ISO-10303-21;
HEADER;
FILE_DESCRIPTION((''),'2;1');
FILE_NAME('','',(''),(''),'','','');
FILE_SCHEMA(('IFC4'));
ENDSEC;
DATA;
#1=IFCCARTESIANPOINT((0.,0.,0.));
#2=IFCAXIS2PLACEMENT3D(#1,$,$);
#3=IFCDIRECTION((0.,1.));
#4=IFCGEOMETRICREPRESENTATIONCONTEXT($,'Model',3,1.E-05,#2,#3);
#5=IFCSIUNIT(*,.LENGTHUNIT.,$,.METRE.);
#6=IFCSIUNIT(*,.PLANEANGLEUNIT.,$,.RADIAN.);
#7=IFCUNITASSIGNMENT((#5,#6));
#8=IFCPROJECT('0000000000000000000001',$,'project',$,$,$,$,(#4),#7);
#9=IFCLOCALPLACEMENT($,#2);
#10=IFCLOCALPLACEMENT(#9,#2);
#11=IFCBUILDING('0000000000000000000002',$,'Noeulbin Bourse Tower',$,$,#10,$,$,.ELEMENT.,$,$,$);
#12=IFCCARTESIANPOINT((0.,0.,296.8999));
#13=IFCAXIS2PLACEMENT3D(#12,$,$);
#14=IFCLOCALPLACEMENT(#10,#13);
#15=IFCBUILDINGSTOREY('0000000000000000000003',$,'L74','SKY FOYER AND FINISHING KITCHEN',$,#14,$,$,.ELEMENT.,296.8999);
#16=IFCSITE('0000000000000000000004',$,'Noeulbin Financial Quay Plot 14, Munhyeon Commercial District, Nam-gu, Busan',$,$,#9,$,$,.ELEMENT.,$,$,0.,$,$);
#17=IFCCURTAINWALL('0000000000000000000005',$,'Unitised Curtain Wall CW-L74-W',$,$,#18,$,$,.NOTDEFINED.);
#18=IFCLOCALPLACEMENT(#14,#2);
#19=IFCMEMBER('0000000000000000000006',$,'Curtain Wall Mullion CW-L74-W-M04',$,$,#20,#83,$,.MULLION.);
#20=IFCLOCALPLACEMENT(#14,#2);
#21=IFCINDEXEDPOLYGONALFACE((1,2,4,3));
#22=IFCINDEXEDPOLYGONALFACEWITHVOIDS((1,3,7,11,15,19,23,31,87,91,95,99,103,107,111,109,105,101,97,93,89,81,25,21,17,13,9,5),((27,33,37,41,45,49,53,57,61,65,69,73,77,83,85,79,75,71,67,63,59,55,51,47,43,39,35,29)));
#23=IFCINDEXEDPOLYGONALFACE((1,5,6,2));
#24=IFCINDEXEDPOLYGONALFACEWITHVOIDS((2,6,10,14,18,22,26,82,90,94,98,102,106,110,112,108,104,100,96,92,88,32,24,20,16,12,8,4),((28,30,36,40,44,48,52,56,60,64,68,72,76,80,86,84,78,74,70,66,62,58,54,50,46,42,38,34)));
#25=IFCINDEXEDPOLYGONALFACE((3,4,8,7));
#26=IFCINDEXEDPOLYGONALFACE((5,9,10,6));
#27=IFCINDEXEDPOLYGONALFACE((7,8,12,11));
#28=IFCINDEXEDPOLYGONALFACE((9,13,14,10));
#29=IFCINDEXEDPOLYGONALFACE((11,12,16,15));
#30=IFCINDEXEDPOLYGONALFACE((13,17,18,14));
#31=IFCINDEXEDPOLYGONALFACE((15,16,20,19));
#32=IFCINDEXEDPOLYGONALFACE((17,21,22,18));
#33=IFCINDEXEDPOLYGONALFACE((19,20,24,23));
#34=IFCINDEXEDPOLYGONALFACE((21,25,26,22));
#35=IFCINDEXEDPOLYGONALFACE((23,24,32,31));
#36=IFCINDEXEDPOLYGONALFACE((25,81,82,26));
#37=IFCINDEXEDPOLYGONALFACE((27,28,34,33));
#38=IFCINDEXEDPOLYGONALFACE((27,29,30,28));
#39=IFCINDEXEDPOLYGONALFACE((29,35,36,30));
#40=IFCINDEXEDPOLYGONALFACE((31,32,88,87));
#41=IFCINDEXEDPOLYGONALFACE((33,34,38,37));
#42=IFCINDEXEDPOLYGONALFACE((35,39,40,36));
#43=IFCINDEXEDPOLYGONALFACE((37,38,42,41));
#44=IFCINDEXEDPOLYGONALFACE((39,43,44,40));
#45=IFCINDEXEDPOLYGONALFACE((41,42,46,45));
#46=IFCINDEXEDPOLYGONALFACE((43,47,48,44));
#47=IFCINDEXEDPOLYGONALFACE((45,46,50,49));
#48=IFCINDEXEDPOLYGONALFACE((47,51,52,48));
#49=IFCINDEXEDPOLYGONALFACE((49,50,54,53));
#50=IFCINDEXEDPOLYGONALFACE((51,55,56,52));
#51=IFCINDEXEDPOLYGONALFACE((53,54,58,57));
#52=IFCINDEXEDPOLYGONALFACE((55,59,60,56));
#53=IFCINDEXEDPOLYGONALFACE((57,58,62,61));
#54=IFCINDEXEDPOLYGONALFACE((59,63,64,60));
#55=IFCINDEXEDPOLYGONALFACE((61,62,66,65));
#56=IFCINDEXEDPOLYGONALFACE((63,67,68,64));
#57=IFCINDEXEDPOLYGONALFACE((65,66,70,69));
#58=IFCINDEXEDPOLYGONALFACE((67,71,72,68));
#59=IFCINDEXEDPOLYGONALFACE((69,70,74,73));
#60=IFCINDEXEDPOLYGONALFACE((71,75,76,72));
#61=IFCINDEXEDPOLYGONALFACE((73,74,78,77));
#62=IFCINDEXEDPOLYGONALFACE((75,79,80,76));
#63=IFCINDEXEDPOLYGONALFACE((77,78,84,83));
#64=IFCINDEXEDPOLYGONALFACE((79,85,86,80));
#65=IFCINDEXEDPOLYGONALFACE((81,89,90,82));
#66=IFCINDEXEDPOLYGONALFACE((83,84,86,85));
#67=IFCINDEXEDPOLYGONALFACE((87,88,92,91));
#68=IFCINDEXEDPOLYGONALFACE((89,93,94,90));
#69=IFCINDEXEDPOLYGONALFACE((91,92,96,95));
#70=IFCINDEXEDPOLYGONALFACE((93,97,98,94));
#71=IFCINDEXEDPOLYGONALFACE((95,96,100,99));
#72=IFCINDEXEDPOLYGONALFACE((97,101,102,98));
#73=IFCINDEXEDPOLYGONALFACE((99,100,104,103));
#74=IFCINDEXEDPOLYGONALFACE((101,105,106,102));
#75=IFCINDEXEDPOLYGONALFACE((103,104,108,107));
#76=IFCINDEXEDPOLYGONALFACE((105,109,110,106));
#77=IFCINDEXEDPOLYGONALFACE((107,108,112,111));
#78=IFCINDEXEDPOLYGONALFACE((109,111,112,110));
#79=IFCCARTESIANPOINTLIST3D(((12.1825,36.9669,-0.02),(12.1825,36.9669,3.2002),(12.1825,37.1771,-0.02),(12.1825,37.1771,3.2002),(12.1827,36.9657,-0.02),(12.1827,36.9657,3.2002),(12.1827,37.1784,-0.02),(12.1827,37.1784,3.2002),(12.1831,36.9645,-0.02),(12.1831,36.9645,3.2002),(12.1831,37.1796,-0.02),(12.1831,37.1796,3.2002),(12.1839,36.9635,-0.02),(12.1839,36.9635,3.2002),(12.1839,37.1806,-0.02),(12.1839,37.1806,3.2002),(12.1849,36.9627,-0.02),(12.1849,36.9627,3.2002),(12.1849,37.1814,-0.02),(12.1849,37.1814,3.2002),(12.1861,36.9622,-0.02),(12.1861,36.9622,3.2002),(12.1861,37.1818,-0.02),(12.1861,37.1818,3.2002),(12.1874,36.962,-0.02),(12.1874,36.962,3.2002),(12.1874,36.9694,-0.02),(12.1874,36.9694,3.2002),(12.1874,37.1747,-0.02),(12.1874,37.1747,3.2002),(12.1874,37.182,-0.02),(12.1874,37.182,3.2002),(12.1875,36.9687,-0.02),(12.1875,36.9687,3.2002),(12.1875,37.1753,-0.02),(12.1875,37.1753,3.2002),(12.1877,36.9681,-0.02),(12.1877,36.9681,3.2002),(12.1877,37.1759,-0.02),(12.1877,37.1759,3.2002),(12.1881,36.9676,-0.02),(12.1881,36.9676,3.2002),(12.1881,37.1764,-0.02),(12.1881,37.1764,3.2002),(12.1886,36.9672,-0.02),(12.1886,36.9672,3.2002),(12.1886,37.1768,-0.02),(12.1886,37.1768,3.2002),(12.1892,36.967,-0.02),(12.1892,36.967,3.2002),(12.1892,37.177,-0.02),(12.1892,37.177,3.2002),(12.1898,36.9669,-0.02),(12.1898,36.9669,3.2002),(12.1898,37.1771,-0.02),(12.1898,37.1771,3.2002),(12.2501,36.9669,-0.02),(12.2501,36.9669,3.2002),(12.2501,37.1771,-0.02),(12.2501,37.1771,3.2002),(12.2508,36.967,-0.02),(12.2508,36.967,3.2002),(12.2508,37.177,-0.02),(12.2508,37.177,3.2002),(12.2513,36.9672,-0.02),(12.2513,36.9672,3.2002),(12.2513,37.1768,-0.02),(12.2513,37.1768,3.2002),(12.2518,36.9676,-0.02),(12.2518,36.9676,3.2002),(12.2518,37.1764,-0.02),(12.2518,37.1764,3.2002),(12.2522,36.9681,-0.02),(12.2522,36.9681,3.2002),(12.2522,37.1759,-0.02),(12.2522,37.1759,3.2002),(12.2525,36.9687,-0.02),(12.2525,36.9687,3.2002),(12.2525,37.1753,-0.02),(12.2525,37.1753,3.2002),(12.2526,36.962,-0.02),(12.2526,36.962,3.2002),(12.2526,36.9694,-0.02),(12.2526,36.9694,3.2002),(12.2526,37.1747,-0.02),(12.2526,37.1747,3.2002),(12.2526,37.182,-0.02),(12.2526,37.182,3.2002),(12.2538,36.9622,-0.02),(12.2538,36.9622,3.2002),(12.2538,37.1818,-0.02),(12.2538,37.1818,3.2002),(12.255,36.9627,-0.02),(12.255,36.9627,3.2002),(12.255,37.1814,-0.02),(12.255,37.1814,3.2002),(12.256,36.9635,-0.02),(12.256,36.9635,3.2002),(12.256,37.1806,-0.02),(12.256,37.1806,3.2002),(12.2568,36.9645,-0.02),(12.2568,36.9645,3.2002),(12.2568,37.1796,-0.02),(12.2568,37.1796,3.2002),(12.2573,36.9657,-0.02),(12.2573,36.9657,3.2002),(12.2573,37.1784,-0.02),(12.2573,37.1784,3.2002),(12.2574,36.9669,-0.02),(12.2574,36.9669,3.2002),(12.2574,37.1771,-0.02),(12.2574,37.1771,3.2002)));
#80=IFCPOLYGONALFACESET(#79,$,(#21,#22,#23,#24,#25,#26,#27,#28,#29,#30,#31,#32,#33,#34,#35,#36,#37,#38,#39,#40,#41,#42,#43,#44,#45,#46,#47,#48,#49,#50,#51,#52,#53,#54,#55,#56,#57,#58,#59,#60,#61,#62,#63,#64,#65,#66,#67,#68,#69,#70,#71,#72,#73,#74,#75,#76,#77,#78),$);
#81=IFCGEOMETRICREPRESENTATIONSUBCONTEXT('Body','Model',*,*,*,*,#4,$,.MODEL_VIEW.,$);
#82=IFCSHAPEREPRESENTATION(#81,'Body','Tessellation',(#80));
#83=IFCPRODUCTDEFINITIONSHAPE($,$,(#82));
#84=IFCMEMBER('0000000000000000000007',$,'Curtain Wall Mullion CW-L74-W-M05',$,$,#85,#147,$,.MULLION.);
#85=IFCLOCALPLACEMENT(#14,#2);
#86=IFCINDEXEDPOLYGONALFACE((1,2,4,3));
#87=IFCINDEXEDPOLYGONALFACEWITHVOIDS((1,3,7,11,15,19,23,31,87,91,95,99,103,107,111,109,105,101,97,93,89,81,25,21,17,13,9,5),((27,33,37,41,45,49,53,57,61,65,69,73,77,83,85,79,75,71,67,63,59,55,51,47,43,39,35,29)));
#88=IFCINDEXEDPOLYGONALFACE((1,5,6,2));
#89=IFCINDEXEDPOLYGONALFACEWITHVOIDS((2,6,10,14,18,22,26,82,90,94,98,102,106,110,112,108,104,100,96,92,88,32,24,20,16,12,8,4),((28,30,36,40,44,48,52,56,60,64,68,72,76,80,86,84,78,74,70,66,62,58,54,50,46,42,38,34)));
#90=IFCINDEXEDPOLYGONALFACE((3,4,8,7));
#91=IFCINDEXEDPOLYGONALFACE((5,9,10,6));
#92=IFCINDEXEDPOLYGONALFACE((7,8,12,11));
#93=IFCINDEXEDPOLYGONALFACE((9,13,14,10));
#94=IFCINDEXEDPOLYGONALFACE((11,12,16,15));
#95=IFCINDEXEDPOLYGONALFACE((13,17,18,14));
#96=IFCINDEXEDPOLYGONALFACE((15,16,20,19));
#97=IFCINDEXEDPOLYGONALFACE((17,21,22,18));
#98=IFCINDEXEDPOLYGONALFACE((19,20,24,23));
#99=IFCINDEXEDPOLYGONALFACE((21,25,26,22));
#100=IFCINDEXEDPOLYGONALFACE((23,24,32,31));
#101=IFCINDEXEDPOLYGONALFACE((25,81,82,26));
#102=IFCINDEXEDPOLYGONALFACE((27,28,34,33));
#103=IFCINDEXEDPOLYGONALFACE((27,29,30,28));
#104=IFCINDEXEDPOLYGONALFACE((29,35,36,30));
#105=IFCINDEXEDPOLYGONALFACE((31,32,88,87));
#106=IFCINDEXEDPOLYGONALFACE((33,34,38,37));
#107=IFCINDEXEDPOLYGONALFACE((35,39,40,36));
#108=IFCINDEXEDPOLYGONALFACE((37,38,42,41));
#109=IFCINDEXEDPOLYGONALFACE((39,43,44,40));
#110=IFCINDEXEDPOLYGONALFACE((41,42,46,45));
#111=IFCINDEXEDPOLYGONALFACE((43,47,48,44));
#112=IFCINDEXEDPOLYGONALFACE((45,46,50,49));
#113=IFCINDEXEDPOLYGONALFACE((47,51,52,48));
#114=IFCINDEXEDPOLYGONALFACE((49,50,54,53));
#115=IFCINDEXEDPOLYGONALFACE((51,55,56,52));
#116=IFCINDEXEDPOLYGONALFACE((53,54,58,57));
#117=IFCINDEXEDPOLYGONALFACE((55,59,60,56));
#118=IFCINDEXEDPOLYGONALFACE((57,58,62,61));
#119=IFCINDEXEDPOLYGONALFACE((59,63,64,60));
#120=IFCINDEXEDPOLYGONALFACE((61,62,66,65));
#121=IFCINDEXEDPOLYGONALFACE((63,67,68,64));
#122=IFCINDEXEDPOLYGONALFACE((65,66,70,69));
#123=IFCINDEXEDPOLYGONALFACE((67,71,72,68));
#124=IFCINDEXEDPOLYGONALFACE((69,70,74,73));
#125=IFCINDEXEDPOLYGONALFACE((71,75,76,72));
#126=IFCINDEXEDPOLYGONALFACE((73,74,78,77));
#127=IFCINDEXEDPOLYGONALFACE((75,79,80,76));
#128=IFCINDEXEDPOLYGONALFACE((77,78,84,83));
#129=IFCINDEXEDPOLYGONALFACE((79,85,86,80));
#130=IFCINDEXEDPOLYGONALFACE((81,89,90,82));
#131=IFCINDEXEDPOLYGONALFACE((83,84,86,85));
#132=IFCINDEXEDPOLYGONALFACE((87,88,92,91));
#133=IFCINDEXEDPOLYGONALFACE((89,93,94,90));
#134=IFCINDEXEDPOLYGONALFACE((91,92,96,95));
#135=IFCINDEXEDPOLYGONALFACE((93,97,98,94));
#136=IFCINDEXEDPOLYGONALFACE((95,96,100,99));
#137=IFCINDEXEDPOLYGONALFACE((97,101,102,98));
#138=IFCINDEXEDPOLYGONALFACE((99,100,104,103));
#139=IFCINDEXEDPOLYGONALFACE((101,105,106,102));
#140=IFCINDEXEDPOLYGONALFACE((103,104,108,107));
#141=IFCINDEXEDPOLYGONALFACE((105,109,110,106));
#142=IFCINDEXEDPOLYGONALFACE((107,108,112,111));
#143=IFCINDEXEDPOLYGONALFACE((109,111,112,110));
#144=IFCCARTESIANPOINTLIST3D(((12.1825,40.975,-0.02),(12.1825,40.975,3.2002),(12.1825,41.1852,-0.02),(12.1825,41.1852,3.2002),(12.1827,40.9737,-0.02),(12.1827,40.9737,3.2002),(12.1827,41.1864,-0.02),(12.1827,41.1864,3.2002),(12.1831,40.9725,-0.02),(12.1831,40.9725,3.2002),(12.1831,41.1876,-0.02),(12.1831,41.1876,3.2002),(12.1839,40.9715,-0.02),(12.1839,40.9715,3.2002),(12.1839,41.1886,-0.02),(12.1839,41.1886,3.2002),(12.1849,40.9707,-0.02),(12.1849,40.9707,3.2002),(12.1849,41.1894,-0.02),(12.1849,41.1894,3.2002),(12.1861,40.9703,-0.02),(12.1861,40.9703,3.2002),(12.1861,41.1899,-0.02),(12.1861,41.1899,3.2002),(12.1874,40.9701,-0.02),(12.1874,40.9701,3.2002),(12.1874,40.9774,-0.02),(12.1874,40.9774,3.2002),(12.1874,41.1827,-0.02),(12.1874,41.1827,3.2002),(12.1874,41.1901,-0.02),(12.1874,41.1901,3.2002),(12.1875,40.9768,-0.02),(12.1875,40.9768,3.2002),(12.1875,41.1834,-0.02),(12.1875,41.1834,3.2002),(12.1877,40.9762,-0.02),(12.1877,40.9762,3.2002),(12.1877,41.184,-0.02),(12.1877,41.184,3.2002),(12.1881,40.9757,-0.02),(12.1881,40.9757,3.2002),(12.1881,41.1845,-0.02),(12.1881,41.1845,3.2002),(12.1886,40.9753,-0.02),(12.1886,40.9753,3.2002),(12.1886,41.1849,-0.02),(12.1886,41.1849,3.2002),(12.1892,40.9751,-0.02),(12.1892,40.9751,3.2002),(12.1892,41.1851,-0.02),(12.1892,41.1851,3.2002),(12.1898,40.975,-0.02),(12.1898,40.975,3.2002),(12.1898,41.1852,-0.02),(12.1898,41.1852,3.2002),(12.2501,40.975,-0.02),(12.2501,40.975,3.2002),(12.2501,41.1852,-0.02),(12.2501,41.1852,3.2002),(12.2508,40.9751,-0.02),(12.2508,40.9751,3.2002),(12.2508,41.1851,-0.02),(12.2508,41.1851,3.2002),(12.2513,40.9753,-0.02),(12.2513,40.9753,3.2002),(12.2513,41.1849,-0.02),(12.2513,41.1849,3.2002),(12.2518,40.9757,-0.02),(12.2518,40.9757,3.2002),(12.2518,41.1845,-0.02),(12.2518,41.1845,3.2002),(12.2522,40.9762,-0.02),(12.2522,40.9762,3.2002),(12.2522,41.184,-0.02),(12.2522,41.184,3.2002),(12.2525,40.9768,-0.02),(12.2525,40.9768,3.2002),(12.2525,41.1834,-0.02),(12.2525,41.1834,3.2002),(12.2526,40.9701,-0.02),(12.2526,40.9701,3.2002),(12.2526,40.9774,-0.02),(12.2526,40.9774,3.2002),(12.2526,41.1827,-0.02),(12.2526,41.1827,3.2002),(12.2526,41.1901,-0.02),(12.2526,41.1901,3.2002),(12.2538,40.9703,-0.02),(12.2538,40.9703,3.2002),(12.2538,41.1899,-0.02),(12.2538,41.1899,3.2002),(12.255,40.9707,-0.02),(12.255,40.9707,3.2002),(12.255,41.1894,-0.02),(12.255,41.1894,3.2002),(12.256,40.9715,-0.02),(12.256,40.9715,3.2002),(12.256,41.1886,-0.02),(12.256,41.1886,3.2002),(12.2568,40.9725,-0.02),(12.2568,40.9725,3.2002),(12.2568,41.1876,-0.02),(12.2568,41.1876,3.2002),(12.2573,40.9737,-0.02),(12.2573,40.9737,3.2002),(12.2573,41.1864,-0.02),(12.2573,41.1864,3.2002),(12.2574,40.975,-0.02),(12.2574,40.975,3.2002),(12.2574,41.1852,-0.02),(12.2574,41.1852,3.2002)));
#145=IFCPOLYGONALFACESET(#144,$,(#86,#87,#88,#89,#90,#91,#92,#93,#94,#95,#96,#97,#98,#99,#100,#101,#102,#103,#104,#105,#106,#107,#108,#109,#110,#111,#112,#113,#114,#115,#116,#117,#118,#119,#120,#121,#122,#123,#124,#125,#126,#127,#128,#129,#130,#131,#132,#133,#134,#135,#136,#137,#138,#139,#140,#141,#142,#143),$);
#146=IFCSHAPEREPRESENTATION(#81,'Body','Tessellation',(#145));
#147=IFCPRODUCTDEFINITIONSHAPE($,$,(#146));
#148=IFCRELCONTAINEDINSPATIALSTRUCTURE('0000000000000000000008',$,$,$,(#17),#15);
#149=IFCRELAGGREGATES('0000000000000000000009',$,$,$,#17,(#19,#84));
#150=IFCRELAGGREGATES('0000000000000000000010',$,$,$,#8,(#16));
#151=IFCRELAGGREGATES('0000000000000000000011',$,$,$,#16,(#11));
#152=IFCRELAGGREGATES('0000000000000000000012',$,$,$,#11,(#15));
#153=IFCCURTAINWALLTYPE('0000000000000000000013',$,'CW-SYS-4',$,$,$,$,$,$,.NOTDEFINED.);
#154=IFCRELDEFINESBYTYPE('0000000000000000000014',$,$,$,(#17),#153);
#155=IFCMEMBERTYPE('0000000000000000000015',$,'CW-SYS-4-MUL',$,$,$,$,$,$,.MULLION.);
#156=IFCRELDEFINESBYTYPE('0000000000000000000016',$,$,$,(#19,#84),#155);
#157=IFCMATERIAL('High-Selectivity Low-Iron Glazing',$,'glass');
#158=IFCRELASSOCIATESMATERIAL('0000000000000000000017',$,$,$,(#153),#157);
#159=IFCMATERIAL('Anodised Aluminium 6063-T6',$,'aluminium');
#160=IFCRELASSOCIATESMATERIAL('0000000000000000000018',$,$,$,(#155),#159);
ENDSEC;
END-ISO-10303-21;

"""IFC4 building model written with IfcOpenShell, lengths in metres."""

from ifc_helpers import new_model, si_unit, direction, frame, origin, origin_2d, place, context, subcontext, project, spatial, hollow_rectangle, extrude, material, material_profile, profile_set, type_object, element, aggregate, save


model = new_model("IFC4")

# Units and contexts
model_context = context("Model", 3, precision=1e-05, world=origin(), true_north=direction((0.0, 1.0)))
body_context = subcontext(model_context, "Body", "Model", "MODEL_VIEW")
ifc_project = project(units=[si_unit("LENGTHUNIT", "METRE"), si_unit("PLANEANGLEUNIT", "RADIAN")], contexts=[model_context])

# Site, building, storey
site_placement = place(None, origin())
site = spatial("IfcSite", under=ifc_project, at=site_placement, Name="Noeulbin Financial Quay Plot 14, Munhyeon Commercial District, Nam-gu, Busan", CompositionType="ELEMENT", RefElevation=0.0)
building_placement = place(site_placement, origin())
building = spatial("IfcBuilding", under=site, at=building_placement, Name="Noeulbin Bourse Tower", CompositionType="ELEMENT")
storey_placement = place(building_placement, frame((0.0, 0.0, 296.8999)))
storey = spatial("IfcBuildingStorey", under=building, at=storey_placement, Name="L74", Description="SKY FOYER AND FINISHING KITCHEN", CompositionType="ELEMENT", Elevation=296.8999)

# Shared definitions
ifc_material_1 = material(Name="High-Selectivity Low-Iron Glazing", Category="glass")
curtain_wall_type = type_object("IfcCurtainWallType", Name="CW-SYS-4", PredefinedType="NOTDEFINED", material=ifc_material_1)
ifc_material_2 = material(Name="Anodised Aluminium 6063-T6", Category="aluminium")
ifc_material_profile_1 = material_profile(ifc_material_2, hollow_rectangle(XDim=0.075, YDim=0.22, WallThickness=0.0049, InnerFilletRadius=0.0024, OuterFilletRadius=0.0049, at=origin_2d()), Name="ALU-MULL-75x220x5", Category="LoadBearing")
ifc_profile_set_1 = profile_set([ifc_material_profile_1], Name="Anodised Aluminium 6063-T6")
member_type_1 = type_object("IfcMemberType", Name="CW-SYS-4-MUL", PredefinedType="MULLION", material=ifc_profile_set_1)

# Curtain wall, members
curtain_wall_1_placement = place(storey_placement, origin())
curtain_wall_1 = element("IfcCurtainWall", 1, at=curtain_wall_1_placement, inside=storey, type_object=curtain_wall_type, Name="Unitised Curtain Wall CW-L74-W", PredefinedType="NOTDEFINED")
member_1_placement = place(storey_placement, frame((12.22, 37.072, -0.02), z_axis=(0.0, 0.0, 1.0), x_axis=(1.0, 0.0, 0.0)))
member_1 = element("IfcMember", 2, at=member_1_placement, type_object=member_type_1, Name="Curtain Wall Mullion CW-L74-W-M04", PredefinedType="MULLION", context=body_context, shape_type="SweptSolid", body=[
    extrude(hollow_rectangle(XDim=0.075, YDim=0.22, WallThickness=0.0049, InnerFilletRadius=0.0024, OuterFilletRadius=0.0049, at=origin_2d()), origin(), (0.0, 0.0, 1.0), 3.2202),
])
member_2_placement = place(storey_placement, frame((12.22, 41.0801, -0.02), z_axis=(0.0, 0.0, 1.0), x_axis=(1.0, 0.0, 0.0)))
member_2 = element("IfcMember", 3, at=member_2_placement, type_object=member_type_1, Name="Curtain Wall Mullion CW-L74-W-M05", PredefinedType="MULLION", context=body_context, shape_type="SweptSolid", body=[
    extrude(hollow_rectangle(XDim=0.075, YDim=0.22, WallThickness=0.0049, InnerFilletRadius=0.0024, OuterFilletRadius=0.0049, at=origin_2d()), origin(), (0.0, 0.0, 1.0), 3.2202),
])

aggregate(curtain_wall_1, [member_1, member_2])

save(model, "model.ifc")
